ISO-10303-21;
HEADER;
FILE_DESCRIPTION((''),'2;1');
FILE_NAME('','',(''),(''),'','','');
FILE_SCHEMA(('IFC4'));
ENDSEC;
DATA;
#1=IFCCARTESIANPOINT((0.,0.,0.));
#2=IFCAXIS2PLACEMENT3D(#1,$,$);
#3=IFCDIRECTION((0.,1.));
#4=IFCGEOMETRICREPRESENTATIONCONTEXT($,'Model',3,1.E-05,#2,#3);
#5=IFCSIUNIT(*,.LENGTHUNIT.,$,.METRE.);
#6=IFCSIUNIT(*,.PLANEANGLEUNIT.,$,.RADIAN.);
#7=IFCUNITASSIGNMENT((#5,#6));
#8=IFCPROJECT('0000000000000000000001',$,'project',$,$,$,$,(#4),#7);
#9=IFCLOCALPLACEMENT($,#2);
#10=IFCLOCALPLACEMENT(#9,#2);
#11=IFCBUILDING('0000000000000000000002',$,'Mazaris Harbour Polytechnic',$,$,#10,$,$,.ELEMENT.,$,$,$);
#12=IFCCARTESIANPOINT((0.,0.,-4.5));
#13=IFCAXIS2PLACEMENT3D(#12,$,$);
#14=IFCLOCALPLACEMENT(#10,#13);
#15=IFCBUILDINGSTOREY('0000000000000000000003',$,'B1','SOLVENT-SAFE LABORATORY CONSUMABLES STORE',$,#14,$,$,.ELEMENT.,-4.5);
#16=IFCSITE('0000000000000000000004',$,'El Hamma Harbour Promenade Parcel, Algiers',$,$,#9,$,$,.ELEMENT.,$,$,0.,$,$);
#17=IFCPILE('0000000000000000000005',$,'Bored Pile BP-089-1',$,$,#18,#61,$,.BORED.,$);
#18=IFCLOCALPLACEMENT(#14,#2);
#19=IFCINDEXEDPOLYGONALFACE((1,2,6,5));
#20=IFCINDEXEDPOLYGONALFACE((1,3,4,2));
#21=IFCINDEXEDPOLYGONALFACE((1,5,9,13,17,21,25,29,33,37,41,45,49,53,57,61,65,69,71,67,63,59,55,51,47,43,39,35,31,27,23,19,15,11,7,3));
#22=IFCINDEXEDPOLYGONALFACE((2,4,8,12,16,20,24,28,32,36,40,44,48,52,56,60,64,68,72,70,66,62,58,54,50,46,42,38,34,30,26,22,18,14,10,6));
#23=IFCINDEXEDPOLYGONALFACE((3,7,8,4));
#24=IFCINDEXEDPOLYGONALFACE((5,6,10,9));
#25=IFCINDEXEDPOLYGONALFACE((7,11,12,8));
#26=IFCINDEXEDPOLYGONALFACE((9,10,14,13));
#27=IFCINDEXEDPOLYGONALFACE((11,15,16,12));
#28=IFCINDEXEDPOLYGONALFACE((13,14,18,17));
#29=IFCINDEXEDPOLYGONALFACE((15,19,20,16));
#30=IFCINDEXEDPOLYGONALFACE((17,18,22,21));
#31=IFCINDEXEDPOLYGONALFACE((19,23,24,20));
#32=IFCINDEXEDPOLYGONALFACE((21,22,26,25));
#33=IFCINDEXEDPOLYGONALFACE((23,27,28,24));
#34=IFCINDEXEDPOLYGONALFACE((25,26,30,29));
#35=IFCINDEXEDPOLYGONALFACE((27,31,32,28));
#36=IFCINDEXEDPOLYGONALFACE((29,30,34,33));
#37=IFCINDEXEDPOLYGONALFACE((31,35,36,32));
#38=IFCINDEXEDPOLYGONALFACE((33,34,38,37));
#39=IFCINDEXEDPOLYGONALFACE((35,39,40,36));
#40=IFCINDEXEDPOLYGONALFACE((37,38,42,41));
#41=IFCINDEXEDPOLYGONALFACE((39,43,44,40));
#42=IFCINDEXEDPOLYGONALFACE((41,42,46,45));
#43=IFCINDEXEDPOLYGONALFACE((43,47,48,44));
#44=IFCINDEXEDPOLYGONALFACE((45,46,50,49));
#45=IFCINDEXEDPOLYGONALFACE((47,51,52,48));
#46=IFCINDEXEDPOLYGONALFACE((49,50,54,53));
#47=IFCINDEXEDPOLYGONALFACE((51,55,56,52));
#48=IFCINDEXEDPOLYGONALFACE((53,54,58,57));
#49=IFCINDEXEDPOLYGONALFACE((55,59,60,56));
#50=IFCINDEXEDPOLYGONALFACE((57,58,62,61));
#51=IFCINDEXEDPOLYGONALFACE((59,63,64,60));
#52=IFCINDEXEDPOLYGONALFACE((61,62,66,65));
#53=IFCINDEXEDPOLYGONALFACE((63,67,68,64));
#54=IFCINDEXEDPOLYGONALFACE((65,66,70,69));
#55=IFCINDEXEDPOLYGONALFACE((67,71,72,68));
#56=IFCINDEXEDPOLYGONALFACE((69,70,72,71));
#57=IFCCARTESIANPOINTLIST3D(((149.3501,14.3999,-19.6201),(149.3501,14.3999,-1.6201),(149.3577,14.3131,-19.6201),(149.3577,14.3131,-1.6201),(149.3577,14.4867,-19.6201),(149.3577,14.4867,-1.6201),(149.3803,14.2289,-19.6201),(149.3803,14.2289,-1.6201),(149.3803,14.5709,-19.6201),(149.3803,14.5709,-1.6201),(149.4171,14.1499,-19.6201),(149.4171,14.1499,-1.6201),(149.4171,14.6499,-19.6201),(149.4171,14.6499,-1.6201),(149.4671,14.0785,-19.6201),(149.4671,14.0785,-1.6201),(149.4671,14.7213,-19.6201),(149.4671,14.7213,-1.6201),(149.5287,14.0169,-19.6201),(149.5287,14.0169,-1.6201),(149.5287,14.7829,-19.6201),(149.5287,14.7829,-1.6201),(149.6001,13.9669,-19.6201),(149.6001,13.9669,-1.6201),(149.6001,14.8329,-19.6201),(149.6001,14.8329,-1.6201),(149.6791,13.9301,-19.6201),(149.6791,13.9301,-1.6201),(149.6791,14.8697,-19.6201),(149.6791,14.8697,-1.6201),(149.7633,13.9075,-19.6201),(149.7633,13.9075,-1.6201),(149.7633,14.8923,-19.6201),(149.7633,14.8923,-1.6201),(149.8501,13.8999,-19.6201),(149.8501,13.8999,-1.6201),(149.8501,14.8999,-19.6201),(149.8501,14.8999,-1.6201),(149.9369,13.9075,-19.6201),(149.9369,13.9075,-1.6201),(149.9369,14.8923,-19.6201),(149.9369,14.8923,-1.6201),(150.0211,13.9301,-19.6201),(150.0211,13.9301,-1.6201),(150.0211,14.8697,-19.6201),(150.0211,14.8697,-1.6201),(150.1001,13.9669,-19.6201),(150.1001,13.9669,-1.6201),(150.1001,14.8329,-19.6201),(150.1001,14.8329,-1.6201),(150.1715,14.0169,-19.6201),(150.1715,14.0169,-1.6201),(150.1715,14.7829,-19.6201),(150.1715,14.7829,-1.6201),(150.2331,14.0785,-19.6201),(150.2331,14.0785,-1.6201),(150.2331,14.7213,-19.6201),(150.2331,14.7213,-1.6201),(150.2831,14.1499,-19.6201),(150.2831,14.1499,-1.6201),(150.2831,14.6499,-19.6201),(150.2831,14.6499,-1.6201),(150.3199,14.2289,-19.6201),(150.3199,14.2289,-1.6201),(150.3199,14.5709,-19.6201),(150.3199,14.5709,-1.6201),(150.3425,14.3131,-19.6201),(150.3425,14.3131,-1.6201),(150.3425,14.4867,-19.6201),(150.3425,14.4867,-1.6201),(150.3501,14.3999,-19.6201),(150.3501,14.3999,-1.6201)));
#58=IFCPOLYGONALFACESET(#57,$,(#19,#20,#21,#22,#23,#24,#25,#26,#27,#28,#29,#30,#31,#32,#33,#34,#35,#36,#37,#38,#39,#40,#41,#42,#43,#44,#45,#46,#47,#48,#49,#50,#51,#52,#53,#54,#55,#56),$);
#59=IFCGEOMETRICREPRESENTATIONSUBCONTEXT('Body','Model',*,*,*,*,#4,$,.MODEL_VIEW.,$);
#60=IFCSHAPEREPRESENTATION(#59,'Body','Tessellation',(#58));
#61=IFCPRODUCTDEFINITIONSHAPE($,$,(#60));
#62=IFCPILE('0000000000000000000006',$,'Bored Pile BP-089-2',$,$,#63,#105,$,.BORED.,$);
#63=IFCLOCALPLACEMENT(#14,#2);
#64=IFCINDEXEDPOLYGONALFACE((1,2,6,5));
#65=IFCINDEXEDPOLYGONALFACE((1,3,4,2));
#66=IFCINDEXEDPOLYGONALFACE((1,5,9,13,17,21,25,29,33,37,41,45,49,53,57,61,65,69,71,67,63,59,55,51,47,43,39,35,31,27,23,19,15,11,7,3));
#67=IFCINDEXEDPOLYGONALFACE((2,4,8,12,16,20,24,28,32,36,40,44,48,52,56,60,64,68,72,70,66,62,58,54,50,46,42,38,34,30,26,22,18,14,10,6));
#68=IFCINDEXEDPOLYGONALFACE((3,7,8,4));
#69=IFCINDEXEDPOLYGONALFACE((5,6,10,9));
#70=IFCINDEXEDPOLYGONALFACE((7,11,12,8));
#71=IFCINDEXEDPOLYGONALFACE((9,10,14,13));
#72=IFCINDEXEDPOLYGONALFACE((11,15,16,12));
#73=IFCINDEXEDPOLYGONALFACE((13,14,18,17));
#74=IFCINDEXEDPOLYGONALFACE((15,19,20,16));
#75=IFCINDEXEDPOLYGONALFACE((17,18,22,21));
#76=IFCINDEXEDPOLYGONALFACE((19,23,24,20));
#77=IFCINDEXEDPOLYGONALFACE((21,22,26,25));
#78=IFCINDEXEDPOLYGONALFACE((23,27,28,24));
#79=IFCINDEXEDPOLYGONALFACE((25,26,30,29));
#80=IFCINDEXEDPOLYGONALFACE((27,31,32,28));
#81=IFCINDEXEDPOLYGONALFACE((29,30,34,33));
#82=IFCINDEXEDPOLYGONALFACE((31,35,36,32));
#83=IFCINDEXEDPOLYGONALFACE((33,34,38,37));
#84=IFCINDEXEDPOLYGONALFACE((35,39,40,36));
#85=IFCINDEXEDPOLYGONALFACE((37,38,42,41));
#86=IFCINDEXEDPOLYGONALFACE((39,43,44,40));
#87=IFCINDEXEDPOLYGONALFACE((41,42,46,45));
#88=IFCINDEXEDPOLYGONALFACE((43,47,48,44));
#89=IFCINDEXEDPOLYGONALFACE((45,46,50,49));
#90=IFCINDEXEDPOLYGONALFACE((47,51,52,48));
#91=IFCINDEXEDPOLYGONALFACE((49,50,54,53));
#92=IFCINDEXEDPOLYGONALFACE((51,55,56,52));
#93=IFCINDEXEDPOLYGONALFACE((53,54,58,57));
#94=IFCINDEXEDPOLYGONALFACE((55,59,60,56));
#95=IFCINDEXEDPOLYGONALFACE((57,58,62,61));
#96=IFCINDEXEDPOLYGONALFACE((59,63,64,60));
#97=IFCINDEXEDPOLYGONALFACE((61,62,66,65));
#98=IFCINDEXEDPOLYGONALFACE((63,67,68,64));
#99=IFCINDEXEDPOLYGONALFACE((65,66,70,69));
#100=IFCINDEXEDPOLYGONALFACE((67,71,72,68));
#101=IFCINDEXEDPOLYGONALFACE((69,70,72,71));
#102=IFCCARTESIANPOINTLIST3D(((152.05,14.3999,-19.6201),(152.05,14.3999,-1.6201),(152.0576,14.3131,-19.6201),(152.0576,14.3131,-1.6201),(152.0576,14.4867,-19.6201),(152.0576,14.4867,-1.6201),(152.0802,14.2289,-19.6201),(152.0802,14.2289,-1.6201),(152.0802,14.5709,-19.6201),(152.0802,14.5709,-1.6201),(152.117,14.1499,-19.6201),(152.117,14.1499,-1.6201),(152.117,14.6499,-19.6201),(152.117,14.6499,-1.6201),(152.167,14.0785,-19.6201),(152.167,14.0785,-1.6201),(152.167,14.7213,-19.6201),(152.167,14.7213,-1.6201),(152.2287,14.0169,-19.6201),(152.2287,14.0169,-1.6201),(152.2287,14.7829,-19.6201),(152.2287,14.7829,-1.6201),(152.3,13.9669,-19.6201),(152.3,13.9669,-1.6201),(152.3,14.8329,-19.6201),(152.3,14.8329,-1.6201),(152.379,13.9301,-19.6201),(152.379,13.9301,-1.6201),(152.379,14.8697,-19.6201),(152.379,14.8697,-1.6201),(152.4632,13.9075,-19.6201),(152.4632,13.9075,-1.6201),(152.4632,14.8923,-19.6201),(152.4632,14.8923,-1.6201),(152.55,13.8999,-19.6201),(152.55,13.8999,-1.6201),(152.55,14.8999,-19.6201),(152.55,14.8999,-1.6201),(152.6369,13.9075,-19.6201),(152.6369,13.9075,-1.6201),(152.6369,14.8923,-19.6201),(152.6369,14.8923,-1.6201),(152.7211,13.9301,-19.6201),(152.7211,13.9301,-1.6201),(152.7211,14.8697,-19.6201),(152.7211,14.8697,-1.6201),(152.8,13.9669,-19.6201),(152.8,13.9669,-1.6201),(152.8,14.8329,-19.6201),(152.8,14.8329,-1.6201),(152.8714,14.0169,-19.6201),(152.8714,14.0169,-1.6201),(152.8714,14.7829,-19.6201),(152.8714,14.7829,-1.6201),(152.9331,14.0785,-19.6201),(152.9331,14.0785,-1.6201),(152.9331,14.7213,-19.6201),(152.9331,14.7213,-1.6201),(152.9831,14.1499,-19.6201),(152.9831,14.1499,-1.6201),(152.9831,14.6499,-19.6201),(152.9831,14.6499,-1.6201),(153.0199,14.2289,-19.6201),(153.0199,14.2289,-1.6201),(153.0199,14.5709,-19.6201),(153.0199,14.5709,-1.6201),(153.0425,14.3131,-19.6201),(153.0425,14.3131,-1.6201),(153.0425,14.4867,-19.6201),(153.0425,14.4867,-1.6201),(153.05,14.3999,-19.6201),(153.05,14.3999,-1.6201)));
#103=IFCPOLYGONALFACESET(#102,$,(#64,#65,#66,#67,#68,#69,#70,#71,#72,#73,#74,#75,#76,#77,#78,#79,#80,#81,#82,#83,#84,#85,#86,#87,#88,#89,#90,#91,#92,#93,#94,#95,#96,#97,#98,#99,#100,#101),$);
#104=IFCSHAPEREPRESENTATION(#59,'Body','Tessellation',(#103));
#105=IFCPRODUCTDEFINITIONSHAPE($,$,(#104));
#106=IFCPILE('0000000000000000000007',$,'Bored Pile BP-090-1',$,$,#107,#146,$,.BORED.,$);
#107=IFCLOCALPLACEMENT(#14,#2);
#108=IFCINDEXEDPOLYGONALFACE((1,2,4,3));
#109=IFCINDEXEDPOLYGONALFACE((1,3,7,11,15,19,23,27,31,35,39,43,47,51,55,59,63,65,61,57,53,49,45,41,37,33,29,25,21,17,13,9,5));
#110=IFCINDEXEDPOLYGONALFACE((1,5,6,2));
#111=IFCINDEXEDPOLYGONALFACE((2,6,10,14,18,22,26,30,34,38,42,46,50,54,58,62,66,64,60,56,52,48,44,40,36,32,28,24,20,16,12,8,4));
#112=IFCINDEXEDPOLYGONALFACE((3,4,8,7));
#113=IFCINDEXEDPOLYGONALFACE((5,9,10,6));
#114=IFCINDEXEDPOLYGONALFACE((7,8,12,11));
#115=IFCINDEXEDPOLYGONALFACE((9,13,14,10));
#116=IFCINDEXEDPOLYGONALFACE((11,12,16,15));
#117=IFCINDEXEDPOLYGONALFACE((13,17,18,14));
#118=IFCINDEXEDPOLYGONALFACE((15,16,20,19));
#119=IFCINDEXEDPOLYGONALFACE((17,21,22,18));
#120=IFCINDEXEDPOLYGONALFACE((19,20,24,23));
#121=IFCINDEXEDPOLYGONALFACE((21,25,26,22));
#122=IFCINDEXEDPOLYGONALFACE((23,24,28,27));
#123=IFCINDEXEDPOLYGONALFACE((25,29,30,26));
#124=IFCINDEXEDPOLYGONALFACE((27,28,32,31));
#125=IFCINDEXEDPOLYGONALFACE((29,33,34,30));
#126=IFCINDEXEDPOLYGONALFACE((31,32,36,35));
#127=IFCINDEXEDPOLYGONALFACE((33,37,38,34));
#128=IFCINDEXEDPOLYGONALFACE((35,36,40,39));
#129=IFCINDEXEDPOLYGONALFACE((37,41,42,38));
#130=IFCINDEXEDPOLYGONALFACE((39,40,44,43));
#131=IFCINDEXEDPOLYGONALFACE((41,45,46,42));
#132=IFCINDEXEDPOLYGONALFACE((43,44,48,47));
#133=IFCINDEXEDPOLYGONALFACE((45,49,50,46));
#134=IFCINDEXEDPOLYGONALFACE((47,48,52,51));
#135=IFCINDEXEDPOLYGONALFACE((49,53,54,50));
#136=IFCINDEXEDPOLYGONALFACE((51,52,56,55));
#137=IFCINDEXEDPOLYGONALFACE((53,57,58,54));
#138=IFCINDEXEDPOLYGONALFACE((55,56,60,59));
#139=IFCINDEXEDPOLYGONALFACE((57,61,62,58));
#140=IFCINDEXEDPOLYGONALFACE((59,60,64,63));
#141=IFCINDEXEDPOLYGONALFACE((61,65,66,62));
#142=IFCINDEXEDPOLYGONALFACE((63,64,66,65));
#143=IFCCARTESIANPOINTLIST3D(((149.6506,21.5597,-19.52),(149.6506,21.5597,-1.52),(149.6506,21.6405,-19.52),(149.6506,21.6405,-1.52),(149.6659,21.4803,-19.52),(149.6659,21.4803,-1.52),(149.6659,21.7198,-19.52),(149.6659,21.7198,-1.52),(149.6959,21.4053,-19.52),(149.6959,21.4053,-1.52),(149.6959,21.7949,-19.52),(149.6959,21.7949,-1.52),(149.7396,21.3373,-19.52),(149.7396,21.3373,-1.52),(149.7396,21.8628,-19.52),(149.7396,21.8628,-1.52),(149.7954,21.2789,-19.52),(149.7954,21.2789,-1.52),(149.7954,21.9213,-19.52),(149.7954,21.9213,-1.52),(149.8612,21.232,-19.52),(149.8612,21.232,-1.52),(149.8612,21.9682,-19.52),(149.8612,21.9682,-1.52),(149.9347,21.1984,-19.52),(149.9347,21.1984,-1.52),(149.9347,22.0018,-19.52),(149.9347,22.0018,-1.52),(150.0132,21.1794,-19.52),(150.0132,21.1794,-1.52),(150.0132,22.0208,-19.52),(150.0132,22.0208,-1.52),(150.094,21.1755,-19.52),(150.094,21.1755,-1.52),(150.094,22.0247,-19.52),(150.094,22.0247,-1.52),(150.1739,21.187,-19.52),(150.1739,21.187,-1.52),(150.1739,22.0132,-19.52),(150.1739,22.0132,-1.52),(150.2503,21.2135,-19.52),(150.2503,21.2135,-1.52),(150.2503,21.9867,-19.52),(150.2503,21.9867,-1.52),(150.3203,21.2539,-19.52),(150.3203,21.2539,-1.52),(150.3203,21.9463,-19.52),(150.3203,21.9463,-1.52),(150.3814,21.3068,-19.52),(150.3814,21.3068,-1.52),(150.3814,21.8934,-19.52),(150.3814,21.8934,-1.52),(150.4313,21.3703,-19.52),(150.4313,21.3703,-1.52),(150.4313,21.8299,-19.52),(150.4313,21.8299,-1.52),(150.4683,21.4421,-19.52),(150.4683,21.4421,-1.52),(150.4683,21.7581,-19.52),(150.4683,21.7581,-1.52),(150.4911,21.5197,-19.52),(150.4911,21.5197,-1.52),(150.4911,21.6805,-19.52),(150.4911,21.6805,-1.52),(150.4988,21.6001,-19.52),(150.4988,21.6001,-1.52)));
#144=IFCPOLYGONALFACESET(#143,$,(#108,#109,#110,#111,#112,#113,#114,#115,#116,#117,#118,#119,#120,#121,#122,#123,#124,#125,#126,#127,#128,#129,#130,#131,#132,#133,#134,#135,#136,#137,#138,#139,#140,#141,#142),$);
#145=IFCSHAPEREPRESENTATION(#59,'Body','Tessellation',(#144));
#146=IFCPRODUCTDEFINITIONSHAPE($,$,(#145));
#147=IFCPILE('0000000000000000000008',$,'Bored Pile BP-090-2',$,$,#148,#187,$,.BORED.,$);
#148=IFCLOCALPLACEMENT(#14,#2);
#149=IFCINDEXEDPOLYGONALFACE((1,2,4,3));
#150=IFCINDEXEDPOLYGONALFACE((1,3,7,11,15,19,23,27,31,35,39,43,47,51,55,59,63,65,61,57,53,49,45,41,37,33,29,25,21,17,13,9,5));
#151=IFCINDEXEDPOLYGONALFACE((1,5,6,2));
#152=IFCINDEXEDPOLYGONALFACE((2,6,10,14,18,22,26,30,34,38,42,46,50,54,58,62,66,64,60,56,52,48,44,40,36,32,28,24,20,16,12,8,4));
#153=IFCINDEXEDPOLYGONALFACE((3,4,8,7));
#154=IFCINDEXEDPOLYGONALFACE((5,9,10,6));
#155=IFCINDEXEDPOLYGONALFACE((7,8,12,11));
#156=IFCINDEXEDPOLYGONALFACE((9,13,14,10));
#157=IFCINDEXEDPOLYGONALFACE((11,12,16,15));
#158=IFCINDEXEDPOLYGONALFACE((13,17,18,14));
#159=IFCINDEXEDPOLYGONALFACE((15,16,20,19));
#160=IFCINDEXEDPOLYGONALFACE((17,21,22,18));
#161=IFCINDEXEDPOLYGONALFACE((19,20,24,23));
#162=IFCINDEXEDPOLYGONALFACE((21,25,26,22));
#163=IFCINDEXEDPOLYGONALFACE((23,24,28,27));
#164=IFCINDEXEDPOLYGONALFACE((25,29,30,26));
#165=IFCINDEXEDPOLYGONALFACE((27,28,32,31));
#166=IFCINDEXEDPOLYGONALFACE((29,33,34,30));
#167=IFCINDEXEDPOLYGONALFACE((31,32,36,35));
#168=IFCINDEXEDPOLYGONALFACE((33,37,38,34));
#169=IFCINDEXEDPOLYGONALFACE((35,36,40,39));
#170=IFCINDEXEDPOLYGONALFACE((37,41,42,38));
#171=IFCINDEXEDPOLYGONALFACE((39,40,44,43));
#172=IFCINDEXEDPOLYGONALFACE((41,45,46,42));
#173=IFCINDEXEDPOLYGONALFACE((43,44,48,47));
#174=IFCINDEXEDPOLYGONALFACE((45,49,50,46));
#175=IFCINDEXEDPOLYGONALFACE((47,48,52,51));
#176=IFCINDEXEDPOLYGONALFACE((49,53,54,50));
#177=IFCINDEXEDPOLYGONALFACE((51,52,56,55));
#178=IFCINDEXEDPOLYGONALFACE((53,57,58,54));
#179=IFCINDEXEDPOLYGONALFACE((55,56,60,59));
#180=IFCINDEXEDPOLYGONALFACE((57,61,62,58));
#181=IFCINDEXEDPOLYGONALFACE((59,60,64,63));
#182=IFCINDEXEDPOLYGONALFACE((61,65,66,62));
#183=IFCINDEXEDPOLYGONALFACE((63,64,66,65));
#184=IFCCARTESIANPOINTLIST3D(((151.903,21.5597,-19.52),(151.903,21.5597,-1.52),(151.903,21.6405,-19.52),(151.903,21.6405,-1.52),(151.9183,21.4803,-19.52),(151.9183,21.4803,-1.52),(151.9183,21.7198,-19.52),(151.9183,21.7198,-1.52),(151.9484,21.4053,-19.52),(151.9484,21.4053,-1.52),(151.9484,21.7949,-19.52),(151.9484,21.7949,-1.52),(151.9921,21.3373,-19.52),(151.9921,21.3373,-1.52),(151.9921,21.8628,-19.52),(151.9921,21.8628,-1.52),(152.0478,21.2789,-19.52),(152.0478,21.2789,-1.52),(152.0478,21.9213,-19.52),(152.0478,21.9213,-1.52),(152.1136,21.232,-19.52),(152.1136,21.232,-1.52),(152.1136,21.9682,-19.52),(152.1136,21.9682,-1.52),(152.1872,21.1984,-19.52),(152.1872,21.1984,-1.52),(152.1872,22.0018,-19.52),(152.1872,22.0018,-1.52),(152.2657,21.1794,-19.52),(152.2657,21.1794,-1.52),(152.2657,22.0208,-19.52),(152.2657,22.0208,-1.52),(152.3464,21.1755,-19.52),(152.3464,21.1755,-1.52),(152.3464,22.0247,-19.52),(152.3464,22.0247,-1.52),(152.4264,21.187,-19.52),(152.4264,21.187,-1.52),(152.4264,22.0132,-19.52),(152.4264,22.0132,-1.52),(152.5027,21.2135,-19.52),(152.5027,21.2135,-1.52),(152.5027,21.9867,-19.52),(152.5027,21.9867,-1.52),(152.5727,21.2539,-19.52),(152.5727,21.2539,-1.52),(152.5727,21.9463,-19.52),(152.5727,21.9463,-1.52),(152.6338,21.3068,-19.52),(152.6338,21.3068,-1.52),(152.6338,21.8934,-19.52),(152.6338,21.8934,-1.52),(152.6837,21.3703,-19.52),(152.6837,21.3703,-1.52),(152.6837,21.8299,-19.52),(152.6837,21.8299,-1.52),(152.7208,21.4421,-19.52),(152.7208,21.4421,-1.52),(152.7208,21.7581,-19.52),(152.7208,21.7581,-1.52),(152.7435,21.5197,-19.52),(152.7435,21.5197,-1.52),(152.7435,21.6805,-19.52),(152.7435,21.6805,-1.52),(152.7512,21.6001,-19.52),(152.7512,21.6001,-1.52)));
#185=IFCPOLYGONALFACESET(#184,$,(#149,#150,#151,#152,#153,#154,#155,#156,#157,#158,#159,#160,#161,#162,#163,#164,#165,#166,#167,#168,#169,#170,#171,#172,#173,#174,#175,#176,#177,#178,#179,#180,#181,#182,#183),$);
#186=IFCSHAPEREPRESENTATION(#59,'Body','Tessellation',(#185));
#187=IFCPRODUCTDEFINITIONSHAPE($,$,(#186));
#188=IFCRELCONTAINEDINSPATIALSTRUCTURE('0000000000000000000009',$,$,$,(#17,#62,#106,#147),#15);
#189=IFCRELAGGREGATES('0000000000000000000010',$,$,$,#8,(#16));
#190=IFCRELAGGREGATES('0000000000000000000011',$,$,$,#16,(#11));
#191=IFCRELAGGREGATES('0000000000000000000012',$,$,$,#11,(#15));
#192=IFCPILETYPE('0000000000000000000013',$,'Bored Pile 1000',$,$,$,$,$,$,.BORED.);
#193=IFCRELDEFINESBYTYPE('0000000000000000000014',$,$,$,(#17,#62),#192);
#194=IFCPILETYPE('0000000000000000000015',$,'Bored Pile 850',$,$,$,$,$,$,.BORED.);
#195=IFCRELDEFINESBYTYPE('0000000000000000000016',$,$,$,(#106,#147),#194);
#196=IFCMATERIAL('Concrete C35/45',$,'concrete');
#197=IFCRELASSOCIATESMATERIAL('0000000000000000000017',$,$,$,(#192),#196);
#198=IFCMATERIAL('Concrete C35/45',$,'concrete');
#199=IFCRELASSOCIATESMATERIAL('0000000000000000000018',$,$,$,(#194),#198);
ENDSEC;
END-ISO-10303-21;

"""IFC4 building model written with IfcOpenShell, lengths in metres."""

from ifc_helpers import new_model, si_unit, direction, frame, origin, origin_2d, place, context, subcontext, project, spatial, circle, extrude, material, material_profile, profile_set, type_object, element, save


model = new_model("IFC4")

# Units and contexts
model_context = context("Model", 3, precision=1e-05, world=origin(), true_north=direction((0.0, 1.0)))
body_context = subcontext(model_context, "Body", "Model", "MODEL_VIEW")
ifc_project = project(units=[si_unit("LENGTHUNIT", "METRE"), si_unit("PLANEANGLEUNIT", "RADIAN")], contexts=[model_context])

# Site, building, storey
site_placement = place(None, origin())
site = spatial("IfcSite", under=ifc_project, at=site_placement, Name="El Hamma Harbour Promenade Parcel, Algiers", CompositionType="ELEMENT", RefElevation=0.0)
building_placement = place(site_placement, origin())
building = spatial("IfcBuilding", under=site, at=building_placement, Name="Mazaris Harbour Polytechnic", CompositionType="ELEMENT")
storey_placement = place(building_placement, frame((0.0, 0.0, -4.5)))
storey = spatial("IfcBuildingStorey", under=building, at=storey_placement, Name="B1", Description="SOLVENT-SAFE LABORATORY CONSUMABLES STORE", CompositionType="ELEMENT", Elevation=-4.5)

# Piles
ifc_material_1 = material(Name="Concrete C35/45", Category="concrete")
ifc_material_profile_1 = material_profile(ifc_material_1, circle(Radius=0.5, at=origin_2d()), Name="DIA1000")
ifc_profile_set_1 = profile_set([ifc_material_profile_1], Name="Concrete C35/45")
pile_type_1 = type_object("IfcPileType", Name="Bored Pile 1000", PredefinedType="BORED", material=ifc_profile_set_1)
for number, where, z_axis, x_axis, name in (
    (1, (149.8501, 14.3999, -1.6201), (0.0, 0.0, -1.0), (1.0, 0.0, 0.0), "Bored Pile BP-089-1"),
    (2, (152.55, 14.3999, -1.6201), (0.0, 0.0, -1.0), (1.0, 0.0, 0.0), "Bored Pile BP-089-2"),
):
    element("IfcPile", number, at=place(storey_placement, frame(where, z_axis=z_axis, x_axis=x_axis)), inside=storey, type_object=pile_type_1, Name=name, PredefinedType="BORED", context=body_context, shape_type="SweptSolid", body=[
        extrude(circle(Radius=0.5, at=origin_2d()), origin(), (0.0, 0.0, 1.0), 18.0),
    ])
ifc_material_2 = material(Name="Concrete C35/45", Category="concrete")
ifc_material_profile_2 = material_profile(ifc_material_2, circle(Radius=0.425, at=origin_2d()), Name="DIA850")
ifc_profile_set_2 = profile_set([ifc_material_profile_2], Name="Concrete C35/45")
pile_type_2 = type_object("IfcPileType", Name="Bored Pile 850", PredefinedType="BORED", material=ifc_profile_set_2)
for number, where, z_axis, x_axis, name in (
    (3, (150.0737, 21.6001, -1.52), (0.0, 0.0, -1.0), (1.0, 0.0, 0.0), "Bored Pile BP-090-1"),
    (4, (152.3262, 21.6001, -1.52), (0.0, 0.0, -1.0), (1.0, 0.0, 0.0), "Bored Pile BP-090-2"),
):
    element("IfcPile", number, at=place(storey_placement, frame(where, z_axis=z_axis, x_axis=x_axis)), inside=storey, type_object=pile_type_2, Name=name, PredefinedType="BORED", context=body_context, shape_type="SweptSolid", body=[
        extrude(circle(Radius=0.425, at=origin_2d()), origin(), (0.0, 0.0, 1.0), 18.0),
    ])

save(model, "model.ifc")
